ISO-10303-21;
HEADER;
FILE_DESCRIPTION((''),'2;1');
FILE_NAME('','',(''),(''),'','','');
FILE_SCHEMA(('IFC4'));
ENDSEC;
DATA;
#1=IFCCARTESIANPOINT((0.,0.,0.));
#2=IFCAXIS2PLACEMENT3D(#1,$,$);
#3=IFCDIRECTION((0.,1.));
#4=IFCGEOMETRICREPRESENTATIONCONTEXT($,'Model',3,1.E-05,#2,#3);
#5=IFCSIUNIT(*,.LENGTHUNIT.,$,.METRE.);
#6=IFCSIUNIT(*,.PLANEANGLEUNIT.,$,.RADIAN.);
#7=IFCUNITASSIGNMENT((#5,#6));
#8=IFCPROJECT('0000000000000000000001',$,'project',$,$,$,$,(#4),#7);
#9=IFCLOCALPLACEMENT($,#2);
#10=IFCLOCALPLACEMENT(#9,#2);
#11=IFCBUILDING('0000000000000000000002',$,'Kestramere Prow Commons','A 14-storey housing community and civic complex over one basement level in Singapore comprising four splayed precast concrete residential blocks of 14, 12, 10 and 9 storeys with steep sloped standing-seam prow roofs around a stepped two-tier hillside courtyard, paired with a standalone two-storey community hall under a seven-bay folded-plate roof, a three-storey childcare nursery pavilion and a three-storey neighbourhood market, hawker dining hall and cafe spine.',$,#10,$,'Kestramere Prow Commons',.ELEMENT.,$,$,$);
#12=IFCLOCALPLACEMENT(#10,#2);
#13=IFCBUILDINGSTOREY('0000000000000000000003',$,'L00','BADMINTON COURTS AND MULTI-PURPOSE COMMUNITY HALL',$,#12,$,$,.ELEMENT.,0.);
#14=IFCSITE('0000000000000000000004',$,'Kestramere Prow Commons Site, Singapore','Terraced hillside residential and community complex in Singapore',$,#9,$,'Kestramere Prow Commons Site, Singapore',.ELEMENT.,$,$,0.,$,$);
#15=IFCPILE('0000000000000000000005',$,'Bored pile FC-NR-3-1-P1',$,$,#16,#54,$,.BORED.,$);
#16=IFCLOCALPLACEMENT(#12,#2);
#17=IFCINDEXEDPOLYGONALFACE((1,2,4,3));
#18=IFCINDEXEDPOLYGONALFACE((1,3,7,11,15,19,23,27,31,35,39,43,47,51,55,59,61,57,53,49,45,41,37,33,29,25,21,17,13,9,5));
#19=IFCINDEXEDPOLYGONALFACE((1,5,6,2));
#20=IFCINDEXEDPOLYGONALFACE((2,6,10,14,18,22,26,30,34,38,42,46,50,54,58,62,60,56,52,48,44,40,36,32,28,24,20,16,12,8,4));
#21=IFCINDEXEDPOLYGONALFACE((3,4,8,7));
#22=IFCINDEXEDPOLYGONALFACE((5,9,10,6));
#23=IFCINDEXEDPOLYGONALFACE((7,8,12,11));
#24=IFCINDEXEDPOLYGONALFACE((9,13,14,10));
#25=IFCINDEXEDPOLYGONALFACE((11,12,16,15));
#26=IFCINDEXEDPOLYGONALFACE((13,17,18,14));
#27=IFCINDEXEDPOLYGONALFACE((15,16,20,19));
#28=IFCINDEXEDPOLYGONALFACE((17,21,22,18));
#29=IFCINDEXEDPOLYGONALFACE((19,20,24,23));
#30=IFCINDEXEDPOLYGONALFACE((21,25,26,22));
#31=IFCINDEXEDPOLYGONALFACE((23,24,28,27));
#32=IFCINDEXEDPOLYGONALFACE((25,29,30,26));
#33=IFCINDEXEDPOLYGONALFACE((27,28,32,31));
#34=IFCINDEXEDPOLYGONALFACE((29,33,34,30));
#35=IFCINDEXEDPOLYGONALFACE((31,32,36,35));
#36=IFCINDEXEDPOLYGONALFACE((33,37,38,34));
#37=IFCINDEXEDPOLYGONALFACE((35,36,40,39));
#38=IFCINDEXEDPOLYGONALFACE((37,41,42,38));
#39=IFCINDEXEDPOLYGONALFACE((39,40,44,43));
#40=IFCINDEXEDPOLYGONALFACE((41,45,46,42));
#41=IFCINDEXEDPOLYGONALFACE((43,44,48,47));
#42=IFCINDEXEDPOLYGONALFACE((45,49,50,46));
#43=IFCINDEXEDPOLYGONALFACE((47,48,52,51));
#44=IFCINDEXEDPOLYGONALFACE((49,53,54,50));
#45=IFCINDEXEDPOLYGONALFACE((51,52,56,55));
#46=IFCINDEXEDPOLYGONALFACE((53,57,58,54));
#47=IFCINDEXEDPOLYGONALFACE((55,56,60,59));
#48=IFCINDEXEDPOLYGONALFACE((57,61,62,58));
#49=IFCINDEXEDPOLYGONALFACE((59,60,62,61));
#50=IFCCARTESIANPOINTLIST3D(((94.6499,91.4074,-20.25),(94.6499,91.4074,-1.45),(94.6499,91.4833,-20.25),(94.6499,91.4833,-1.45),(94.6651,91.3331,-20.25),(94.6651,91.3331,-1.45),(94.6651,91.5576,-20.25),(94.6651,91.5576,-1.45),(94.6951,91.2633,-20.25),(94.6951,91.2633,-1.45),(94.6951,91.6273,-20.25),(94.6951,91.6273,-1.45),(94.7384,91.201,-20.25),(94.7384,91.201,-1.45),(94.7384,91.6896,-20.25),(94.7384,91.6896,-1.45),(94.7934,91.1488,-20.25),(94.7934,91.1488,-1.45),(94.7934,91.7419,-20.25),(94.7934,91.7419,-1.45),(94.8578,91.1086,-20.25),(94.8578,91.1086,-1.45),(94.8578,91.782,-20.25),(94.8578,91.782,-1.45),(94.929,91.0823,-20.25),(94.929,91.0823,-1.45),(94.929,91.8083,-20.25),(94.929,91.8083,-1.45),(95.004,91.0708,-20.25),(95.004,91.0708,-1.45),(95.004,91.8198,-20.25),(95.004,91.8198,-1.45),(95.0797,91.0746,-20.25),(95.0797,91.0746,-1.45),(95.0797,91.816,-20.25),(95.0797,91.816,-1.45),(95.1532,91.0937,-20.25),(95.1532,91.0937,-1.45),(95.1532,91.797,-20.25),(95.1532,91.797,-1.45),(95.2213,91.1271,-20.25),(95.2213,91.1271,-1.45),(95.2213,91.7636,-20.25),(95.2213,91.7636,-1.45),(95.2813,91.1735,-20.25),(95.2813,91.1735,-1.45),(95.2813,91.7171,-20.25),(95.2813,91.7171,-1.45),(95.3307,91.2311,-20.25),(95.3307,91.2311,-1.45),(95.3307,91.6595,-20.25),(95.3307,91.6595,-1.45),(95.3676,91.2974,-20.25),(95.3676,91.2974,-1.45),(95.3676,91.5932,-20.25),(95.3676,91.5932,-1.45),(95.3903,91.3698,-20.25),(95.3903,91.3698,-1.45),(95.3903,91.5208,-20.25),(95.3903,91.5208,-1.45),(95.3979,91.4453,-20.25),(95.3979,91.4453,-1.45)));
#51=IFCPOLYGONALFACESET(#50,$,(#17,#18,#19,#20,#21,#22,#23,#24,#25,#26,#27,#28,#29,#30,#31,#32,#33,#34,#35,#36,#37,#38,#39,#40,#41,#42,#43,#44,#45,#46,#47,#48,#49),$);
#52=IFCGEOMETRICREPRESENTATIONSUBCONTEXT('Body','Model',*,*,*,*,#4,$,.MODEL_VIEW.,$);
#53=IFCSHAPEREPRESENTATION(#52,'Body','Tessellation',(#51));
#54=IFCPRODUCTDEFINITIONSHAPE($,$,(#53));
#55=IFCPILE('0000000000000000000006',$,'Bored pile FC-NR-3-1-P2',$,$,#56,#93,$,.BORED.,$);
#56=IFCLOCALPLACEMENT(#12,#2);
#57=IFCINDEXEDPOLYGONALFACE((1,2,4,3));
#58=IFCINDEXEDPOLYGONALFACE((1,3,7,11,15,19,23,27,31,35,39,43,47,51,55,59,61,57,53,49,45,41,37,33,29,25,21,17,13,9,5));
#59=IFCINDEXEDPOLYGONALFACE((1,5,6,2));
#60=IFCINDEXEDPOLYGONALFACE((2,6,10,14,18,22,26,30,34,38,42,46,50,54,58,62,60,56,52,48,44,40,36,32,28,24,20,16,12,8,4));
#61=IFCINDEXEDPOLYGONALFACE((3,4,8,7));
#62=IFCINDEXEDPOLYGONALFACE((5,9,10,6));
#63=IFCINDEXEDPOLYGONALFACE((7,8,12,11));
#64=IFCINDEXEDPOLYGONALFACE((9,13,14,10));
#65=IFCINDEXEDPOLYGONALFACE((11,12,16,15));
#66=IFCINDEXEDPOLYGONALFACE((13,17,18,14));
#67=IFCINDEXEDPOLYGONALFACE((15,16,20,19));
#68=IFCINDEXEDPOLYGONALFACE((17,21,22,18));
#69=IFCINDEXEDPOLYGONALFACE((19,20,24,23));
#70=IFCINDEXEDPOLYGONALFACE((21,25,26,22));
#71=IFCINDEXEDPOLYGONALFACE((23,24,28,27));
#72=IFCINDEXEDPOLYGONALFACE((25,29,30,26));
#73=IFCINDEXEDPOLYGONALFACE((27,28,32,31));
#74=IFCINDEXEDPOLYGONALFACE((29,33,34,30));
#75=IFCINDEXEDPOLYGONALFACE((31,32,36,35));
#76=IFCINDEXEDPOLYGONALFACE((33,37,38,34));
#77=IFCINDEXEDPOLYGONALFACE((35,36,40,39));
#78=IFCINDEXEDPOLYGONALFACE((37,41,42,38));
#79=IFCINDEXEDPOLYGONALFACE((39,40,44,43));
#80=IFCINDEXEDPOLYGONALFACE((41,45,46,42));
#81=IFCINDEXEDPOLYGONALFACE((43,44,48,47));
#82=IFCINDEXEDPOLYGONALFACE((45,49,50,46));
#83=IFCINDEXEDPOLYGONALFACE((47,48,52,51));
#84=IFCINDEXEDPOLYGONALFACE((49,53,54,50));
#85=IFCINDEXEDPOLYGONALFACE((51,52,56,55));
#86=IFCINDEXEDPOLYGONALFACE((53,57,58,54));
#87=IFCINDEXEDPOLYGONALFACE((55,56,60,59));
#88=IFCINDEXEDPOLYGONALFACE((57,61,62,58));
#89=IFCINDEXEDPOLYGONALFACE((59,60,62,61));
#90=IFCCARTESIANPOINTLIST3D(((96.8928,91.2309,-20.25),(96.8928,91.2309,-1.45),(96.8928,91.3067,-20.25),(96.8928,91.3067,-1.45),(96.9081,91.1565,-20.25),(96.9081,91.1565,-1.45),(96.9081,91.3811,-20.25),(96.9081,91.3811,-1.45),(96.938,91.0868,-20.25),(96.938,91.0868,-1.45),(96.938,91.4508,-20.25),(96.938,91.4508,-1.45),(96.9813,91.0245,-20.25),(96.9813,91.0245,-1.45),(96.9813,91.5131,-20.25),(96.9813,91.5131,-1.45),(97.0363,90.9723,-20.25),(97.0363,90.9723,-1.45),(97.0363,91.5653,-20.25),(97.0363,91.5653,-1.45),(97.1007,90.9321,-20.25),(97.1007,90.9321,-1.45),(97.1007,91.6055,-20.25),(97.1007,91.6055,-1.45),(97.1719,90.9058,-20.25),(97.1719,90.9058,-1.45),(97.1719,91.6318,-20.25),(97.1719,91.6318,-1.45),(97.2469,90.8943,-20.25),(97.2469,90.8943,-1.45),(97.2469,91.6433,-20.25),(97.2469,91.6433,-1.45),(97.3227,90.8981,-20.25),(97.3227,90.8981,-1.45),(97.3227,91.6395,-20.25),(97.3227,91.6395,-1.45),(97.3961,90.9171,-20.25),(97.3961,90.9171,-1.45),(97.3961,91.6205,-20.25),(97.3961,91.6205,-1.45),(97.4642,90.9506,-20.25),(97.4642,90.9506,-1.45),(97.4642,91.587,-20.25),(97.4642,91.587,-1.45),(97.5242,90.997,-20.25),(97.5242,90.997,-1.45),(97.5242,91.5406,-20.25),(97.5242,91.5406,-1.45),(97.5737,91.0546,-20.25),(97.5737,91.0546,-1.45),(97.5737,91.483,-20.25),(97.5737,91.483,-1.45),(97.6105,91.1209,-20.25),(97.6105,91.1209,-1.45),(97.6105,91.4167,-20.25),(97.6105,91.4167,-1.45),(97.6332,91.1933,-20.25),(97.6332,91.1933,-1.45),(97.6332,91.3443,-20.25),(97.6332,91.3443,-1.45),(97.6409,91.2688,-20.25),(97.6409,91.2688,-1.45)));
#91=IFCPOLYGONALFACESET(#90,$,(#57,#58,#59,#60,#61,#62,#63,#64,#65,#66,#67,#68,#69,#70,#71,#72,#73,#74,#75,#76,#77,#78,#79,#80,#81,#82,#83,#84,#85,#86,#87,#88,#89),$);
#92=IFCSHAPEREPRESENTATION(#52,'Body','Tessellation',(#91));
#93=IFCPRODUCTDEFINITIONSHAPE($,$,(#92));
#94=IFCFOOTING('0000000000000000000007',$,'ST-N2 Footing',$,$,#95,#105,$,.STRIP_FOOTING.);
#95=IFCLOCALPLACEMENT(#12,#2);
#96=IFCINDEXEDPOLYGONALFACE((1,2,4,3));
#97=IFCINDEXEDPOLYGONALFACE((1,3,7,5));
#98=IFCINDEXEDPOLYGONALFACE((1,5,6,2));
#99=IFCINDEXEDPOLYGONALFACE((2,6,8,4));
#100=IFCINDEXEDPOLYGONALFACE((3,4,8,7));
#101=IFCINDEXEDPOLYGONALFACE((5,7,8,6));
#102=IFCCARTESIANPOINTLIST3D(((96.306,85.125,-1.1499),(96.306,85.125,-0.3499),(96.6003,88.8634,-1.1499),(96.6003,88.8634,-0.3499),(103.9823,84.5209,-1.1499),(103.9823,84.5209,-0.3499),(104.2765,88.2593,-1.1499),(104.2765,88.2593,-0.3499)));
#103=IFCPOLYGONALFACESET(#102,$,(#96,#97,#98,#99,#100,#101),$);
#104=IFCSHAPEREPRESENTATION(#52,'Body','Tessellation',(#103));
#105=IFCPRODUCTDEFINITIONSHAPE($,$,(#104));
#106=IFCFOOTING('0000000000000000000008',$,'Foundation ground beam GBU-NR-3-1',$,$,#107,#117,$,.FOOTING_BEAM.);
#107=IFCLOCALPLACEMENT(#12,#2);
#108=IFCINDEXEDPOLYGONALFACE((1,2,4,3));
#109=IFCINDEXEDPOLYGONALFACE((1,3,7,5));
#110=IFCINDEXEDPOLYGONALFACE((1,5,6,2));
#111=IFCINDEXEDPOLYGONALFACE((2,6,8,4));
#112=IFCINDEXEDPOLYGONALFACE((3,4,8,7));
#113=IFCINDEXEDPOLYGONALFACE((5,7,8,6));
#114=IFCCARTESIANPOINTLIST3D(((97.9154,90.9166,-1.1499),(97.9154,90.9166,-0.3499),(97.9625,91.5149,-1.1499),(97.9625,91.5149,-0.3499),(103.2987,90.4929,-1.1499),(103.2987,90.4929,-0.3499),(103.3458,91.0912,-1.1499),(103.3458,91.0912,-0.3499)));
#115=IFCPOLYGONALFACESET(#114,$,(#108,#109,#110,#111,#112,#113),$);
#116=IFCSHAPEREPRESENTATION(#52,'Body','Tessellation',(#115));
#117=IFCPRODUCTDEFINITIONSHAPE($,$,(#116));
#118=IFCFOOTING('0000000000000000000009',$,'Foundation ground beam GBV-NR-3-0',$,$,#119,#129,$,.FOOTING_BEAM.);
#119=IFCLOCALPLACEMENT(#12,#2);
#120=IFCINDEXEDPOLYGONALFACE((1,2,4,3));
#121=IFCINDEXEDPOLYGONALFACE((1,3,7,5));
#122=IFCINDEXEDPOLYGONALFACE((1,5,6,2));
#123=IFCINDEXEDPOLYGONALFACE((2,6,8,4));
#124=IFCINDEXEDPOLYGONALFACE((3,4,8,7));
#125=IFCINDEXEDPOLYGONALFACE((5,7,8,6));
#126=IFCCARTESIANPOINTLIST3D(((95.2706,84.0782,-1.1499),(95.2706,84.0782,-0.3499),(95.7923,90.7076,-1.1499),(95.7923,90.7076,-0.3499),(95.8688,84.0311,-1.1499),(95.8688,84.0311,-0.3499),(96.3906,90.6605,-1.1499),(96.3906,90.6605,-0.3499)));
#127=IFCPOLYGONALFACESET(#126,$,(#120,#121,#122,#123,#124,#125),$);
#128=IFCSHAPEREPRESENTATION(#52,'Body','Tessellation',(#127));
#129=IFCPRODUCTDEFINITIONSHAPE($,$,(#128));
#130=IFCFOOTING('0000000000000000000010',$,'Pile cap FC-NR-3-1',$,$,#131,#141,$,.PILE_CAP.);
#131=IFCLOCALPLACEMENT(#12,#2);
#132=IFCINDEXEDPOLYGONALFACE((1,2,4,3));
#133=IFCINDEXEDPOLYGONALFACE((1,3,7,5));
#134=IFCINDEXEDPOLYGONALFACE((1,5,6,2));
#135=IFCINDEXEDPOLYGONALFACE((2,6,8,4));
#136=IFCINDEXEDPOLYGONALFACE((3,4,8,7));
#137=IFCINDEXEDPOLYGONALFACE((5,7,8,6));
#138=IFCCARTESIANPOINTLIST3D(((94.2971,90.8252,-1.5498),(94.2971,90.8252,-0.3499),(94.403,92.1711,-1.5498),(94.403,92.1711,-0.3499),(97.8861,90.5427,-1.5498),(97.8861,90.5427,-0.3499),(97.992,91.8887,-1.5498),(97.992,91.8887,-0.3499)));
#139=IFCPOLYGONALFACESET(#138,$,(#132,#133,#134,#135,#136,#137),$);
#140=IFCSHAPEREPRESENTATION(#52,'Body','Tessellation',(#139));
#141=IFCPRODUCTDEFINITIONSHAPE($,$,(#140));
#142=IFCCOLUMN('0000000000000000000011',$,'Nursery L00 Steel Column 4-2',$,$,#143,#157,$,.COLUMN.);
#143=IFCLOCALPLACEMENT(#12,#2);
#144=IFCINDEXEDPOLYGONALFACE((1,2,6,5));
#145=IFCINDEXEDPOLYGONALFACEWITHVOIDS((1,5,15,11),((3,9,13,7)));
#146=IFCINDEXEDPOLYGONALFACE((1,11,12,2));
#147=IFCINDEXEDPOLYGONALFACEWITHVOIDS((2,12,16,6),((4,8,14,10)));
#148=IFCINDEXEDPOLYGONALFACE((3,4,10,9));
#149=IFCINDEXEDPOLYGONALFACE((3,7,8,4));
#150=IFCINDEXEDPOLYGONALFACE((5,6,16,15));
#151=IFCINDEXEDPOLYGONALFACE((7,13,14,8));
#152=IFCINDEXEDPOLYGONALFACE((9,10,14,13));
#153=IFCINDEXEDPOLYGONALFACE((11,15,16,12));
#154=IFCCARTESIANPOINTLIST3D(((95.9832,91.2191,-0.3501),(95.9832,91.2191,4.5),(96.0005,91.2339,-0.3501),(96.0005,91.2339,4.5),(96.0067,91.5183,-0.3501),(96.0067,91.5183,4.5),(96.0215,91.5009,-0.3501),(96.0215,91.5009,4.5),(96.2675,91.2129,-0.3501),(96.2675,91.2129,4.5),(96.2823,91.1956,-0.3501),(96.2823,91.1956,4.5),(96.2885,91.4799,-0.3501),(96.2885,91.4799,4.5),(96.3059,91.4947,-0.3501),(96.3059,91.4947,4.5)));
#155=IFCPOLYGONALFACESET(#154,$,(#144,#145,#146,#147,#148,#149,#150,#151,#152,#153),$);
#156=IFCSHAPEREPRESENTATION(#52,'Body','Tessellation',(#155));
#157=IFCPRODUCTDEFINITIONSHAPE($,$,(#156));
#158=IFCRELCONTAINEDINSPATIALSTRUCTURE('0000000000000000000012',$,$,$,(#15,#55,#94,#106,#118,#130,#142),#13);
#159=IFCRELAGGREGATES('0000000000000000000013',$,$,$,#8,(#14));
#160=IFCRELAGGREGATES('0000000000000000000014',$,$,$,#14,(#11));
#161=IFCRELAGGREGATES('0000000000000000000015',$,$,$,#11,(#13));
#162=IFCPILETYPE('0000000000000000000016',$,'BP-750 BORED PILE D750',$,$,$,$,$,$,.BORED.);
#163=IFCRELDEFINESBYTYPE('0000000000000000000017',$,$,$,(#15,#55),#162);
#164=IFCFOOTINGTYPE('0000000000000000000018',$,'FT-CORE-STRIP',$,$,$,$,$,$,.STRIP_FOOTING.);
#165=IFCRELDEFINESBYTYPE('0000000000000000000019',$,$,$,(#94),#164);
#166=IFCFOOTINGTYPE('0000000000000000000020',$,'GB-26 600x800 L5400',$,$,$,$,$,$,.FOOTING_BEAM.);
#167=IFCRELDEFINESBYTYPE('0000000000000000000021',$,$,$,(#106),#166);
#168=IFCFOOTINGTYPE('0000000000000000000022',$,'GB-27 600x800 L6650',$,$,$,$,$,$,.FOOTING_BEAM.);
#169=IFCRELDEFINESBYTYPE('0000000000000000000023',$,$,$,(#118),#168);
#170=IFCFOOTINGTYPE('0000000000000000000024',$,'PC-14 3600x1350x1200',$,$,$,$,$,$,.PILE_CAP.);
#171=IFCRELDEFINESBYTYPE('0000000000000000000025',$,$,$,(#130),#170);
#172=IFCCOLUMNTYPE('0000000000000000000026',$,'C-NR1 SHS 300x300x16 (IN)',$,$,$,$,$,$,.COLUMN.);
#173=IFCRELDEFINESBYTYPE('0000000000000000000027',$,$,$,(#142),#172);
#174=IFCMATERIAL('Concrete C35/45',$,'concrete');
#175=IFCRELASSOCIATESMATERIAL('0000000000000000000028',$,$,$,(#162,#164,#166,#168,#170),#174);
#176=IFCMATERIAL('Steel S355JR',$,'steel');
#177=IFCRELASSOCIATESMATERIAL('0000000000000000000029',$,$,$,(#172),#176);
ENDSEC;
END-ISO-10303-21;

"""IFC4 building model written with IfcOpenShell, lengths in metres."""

from ifc_helpers import new_model, si_unit, direction, frame, origin, origin_2d, place, context, subcontext, project, spatial, rectangle, hollow_rectangle, circle, extrude, material, material_profile, profile_set, type_object, element, save


model = new_model("IFC4")

# Units and contexts
model_context = context("Model", 3, precision=1e-05, world=origin(), true_north=direction((0.0, 1.0)))
body_context = subcontext(model_context, "Body", "Model", "MODEL_VIEW")
ifc_project = project(units=[si_unit("LENGTHUNIT", "METRE"), si_unit("PLANEANGLEUNIT", "RADIAN")], contexts=[model_context])

# Site, building, storey
site_placement = place(None, origin())
site = spatial("IfcSite", under=ifc_project, at=site_placement, Name="Kestramere Prow Commons Site, Singapore", Description="Terraced hillside residential and community complex in Singapore", LongName="Kestramere Prow Commons Site, Singapore", CompositionType="ELEMENT", RefElevation=0.0)
building_placement = place(site_placement, origin())
building = spatial("IfcBuilding", under=site, at=building_placement, Name="Kestramere Prow Commons", Description="A 14-storey housing community and civic complex over one basement level in Singapore comprising four splayed precast concrete residential blocks of 14, 12, 10 and 9 storeys with steep sloped standing-seam prow roofs around a stepped two-tier hillside courtyard, paired with a standalone two-storey community hall under a seven-bay folded-plate roof, a three-storey childcare nursery pavilion and a three-storey neighbourhood market, hawker dining hall and cafe spine.", LongName="Kestramere Prow Commons", CompositionType="ELEMENT")
storey_placement = place(building_placement, origin())
storey = spatial("IfcBuildingStorey", under=building, at=storey_placement, Name="L00", Description="BADMINTON COURTS AND MULTI-PURPOSE COMMUNITY HALL", CompositionType="ELEMENT", Elevation=0.0)

# Piles
ifc_material_1 = material(Name="Concrete C35/45", Category="concrete")
ifc_material_profile_1 = material_profile(ifc_material_1, circle(Radius=0.375, at=origin_2d()), Name="BORED PILE D750")
ifc_profile_set_1 = profile_set([ifc_material_profile_1], Name="Concrete C35/45")
pile_type = type_object("IfcPileType", Name="BP-750 BORED PILE D750", PredefinedType="BORED", material=ifc_profile_set_1)
for number, where, z_axis, x_axis, name in (
    (1, (95.0229, 91.4453, -1.45), (0.0, 0.0, -1.0), (1.0, 0.0, 0.0), "Bored pile FC-NR-3-1-P1"),
    (2, (97.2659, 91.2688, -1.45), (0.0, 0.0, -1.0), (1.0, 0.0, 0.0), "Bored pile FC-NR-3-1-P2"),
):
    element("IfcPile", number, at=place(storey_placement, frame(where, z_axis=z_axis, x_axis=x_axis)), inside=storey, type_object=pile_type, Name=name, PredefinedType="BORED", context=body_context, shape_type="SweptSolid", body=[
        extrude(circle(Radius=0.375, at=origin_2d()), origin(), (0.0, 0.0, 1.0), 18.8),
    ])

# Footings
footing_type_1 = type_object("IfcFootingType", Name="FT-CORE-STRIP", PredefinedType="STRIP_FOOTING", material=ifc_material_1)
footing_1_placement = place(storey_placement, frame((100.2913, 86.6921, -1.1499), z_axis=(0.0, 0.0, 1.0), x_axis=(0.996917, -0.078459, 0.0)))
element("IfcFooting", 3, at=footing_1_placement, inside=storey, type_object=footing_type_1, Name="ST-N2 Footing", PredefinedType="STRIP_FOOTING", context=body_context, shape_type="SweptSolid", body=[
    extrude(rectangle(XDim=7.7, YDim=3.75, at=origin_2d()), origin(), (0.0, 0.0, 1.0), 0.8),
])
footing_type_2 = type_object("IfcFootingType", Name="GB-26 600x800 L5400", PredefinedType="FOOTING_BEAM", material=ifc_material_1)
footing_2_placement = place(storey_placement, frame((100.6306, 91.0039, -1.1499), z_axis=(0.0, 0.0, 1.0), x_axis=(0.996917, -0.078459, 0.0)))
element("IfcFooting", 4, at=footing_2_placement, inside=storey, type_object=footing_type_2, Name="Foundation ground beam GBU-NR-3-1", PredefinedType="FOOTING_BEAM", context=body_context, shape_type="SweptSolid", body=[
    extrude(rectangle(XDim=5.3999, YDim=0.6001, at=origin_2d()), origin(), (0.0, 0.0, 1.0), 0.8),
])
footing_type_3 = type_object("IfcFootingType", Name="GB-27 600x800 L6650", PredefinedType="FOOTING_BEAM", material=ifc_material_1)
footing_3_placement = place(storey_placement, frame((95.8306, 87.3694, -1.1499), z_axis=(0.0, 0.0, 1.0), x_axis=(0.078459, 0.996917, 0.0)))
element("IfcFooting", 5, at=footing_3_placement, inside=storey, type_object=footing_type_3, Name="Foundation ground beam GBV-NR-3-0", PredefinedType="FOOTING_BEAM", context=body_context, shape_type="SweptSolid", body=[
    extrude(rectangle(XDim=6.6499, YDim=0.6001, at=origin_2d()), origin(), (0.0, 0.0, 1.0), 0.8),
])
footing_type_4 = type_object("IfcFootingType", Name="PC-14 3600x1350x1200", PredefinedType="PILE_CAP", material=ifc_material_1)
footing_4_placement = place(storey_placement, frame((96.1445, 91.3569, -1.5498), z_axis=(0.0, 0.0, 1.0), x_axis=(0.996917, -0.078459, 0.0)))
element("IfcFooting", 6, at=footing_4_placement, inside=storey, type_object=footing_type_4, Name="Pile cap FC-NR-3-1", PredefinedType="PILE_CAP", context=body_context, shape_type="SweptSolid", body=[
    extrude(rectangle(XDim=3.6001, YDim=1.3501, at=origin_2d()), origin(), (0.0, 0.0, 1.0), 1.2),
])

# Column
ifc_material_2 = material(Name="Steel S355JR", Category="steel")
ifc_material_profile_2 = material_profile(ifc_material_2, hollow_rectangle(XDim=0.3, YDim=0.3, WallThickness=0.0161, at=origin_2d()), Name="SHS 300x300x16")
ifc_profile_set_2 = profile_set([ifc_material_profile_2], Name="Steel S355JR")
column_type = type_object("IfcColumnType", Name="C-NR1 SHS 300x300x16 (IN)", PredefinedType="COLUMN", material=ifc_profile_set_2)
column_placement = place(storey_placement, frame((96.1445, 91.3569, -0.3501), z_axis=(0.0, 0.0, 1.0), x_axis=(0.996917, -0.078459, 0.0)))
element("IfcColumn", 7, at=column_placement, inside=storey, type_object=column_type, Name="Nursery L00 Steel Column 4-2", PredefinedType="COLUMN", context=body_context, shape_type="SweptSolid", body=[
    extrude(hollow_rectangle(XDim=0.3, YDim=0.3, WallThickness=0.0161, at=origin_2d()), origin(), (0.0, 0.0, 1.0), 4.8501),
])

save(model, "model.ifc")
